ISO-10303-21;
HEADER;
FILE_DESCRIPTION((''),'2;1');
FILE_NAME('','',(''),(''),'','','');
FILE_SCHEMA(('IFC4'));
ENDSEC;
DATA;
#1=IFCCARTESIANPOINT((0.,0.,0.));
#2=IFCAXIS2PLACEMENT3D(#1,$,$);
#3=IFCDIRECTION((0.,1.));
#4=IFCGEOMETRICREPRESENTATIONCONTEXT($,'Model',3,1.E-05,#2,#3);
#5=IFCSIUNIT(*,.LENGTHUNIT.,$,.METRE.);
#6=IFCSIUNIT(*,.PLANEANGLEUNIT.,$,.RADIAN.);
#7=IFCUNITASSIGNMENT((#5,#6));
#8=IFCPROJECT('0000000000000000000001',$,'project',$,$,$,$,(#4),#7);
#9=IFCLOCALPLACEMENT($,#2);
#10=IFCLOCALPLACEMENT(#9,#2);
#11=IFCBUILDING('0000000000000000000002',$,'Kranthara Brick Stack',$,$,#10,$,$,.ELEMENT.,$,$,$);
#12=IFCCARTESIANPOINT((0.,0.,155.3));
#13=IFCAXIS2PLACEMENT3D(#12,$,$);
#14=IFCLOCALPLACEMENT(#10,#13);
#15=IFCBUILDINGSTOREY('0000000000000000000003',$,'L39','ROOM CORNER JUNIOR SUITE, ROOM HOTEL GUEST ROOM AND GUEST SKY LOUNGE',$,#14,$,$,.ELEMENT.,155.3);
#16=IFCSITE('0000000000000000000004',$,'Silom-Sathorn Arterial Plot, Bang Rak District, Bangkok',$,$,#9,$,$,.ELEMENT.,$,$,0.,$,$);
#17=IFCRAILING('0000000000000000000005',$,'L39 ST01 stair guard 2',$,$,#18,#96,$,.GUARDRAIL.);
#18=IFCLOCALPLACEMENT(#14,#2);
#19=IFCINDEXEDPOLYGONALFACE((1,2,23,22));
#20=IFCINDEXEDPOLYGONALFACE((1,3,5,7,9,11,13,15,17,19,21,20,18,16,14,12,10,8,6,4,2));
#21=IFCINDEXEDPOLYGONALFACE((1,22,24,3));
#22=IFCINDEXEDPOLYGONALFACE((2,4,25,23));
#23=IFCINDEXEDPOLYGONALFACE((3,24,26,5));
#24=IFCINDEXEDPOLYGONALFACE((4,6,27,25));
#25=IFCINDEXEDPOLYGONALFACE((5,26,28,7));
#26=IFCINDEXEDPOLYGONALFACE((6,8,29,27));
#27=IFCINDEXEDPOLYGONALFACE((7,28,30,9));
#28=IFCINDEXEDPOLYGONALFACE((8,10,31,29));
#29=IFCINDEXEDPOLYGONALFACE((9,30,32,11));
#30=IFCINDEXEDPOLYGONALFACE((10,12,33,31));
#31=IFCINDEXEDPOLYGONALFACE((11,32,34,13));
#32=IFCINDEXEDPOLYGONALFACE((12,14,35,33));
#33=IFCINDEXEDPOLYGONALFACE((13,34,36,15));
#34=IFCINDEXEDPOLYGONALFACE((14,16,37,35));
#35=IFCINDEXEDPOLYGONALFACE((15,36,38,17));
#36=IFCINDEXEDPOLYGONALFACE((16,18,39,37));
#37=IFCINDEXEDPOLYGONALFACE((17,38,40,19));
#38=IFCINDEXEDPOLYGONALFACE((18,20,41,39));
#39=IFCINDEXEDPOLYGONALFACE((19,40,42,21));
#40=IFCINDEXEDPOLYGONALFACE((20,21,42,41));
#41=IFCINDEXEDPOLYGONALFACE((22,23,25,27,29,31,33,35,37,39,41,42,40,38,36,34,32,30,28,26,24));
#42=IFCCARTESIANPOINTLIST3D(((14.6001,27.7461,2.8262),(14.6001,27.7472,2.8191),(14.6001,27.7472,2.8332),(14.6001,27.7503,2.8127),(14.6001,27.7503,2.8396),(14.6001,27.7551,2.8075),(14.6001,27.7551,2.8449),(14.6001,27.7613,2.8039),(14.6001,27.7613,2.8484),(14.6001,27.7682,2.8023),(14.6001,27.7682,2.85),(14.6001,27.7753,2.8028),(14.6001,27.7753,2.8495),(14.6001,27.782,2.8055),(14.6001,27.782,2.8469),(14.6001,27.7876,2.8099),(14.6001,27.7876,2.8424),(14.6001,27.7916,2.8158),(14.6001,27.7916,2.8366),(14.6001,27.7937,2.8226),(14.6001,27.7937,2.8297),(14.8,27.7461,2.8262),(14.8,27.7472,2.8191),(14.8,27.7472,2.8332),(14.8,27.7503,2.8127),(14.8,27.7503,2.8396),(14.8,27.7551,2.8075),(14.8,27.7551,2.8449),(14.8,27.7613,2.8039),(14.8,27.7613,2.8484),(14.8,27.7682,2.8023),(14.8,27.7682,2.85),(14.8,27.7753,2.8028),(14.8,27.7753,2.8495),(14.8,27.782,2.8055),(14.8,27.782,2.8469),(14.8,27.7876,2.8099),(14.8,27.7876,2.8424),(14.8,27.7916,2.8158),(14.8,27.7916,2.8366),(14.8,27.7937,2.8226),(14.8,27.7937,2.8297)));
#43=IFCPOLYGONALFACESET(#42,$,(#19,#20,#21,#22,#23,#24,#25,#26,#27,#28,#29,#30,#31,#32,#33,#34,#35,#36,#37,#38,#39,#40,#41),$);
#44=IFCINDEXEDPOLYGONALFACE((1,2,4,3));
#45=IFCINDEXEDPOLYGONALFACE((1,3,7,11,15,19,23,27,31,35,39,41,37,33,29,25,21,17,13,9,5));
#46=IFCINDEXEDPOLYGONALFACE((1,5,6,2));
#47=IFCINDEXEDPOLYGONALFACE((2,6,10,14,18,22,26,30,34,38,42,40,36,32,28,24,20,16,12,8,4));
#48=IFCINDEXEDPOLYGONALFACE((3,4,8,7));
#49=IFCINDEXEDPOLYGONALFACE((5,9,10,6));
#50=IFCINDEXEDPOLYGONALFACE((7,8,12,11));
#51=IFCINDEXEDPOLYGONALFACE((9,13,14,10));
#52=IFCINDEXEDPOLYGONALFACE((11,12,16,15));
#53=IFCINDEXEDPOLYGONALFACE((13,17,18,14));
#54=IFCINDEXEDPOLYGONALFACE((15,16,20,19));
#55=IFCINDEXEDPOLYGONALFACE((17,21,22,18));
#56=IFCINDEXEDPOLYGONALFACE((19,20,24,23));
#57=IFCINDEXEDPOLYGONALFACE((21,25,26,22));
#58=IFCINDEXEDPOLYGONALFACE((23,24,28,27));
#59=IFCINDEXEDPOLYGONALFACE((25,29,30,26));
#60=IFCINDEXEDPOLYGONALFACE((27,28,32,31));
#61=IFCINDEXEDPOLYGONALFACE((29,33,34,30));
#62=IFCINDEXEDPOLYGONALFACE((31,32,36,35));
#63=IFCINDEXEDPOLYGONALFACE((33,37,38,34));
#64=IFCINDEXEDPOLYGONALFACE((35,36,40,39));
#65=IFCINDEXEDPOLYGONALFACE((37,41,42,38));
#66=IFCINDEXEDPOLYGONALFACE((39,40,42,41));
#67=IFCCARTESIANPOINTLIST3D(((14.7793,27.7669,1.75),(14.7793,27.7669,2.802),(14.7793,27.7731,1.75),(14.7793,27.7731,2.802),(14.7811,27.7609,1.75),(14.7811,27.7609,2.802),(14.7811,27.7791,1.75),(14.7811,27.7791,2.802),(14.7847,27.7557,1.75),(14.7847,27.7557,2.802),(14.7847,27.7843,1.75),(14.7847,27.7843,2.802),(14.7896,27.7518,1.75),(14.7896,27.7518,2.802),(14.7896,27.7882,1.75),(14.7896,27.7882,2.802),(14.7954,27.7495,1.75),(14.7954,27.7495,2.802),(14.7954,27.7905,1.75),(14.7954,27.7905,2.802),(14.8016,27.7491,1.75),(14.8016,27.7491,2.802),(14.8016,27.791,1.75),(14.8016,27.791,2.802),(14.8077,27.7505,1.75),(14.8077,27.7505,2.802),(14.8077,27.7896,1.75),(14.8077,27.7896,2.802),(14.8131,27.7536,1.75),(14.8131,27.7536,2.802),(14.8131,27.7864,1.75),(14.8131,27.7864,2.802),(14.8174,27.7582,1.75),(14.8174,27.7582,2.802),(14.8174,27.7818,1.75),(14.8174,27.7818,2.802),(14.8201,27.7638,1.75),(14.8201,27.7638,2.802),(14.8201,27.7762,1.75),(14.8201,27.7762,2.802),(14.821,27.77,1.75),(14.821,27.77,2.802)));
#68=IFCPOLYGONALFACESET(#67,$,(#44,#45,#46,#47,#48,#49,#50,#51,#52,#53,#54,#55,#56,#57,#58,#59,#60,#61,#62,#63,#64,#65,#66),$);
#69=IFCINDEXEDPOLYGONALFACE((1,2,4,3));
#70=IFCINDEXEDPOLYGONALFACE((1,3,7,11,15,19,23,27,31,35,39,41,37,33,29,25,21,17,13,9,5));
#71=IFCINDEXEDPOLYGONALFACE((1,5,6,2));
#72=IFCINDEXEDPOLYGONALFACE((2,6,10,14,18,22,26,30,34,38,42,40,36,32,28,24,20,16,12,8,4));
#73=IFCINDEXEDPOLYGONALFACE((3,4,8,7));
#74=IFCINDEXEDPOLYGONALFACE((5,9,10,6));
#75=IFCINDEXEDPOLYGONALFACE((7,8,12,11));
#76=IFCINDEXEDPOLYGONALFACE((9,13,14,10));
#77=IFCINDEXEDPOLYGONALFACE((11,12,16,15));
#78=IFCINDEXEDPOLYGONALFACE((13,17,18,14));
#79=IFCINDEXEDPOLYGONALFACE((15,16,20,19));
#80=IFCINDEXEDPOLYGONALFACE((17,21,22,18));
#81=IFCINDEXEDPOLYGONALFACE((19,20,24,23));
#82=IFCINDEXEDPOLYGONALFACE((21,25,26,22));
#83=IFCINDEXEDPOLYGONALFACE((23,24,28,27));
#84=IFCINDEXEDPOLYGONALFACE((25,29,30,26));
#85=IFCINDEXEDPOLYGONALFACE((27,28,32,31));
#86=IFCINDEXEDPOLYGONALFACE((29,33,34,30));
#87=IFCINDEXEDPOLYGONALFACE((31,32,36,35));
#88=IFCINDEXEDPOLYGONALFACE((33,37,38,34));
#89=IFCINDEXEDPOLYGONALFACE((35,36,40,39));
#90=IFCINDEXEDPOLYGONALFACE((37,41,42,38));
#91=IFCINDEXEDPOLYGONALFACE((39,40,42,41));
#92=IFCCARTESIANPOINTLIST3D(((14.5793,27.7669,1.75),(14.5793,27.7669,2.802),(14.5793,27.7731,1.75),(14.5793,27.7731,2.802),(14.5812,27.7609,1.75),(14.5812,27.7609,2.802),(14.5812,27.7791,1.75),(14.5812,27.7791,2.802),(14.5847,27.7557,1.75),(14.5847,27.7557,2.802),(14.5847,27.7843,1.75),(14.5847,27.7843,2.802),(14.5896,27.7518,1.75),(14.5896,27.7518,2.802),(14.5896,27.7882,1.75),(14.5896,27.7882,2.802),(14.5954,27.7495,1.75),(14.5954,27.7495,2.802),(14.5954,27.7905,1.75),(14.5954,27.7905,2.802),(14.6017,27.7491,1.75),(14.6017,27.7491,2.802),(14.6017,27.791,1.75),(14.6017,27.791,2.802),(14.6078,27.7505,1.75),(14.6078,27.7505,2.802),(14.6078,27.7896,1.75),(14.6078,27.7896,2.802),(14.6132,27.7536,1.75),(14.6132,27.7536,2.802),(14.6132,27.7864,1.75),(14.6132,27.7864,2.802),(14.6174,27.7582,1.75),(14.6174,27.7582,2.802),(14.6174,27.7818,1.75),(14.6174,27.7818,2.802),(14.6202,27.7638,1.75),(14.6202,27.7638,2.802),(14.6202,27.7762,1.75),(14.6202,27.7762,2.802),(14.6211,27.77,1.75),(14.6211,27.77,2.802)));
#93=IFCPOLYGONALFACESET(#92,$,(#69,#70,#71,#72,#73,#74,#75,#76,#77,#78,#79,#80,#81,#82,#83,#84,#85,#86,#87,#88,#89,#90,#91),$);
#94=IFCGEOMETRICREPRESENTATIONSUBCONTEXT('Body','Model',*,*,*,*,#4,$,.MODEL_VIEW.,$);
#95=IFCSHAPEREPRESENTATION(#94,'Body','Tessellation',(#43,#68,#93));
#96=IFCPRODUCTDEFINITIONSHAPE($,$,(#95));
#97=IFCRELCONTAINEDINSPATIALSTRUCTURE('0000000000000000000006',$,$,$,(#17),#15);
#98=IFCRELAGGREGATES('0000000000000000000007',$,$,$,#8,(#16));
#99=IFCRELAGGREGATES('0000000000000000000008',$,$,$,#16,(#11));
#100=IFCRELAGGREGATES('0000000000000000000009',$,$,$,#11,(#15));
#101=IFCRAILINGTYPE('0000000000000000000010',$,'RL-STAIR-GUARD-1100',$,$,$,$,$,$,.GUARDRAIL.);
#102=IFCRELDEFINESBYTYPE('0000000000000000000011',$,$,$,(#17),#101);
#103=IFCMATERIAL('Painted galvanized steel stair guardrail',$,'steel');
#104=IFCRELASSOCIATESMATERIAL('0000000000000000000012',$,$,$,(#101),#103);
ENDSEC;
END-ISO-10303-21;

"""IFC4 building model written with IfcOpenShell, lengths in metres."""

from ifc_helpers import new_model, si_unit, direction, frame, origin, origin_2d, place, context, subcontext, project, spatial, circle, extrude, material, type_object, element, save


model = new_model("IFC4")

# Units and contexts
model_context = context("Model", 3, precision=1e-05, world=origin(), true_north=direction((0.0, 1.0)))
body_context = subcontext(model_context, "Body", "Model", "MODEL_VIEW")
ifc_project = project(units=[si_unit("LENGTHUNIT", "METRE"), si_unit("PLANEANGLEUNIT", "RADIAN")], contexts=[model_context])

# Site, building, storey
site_placement = place(None, origin())
site = spatial("IfcSite", under=ifc_project, at=site_placement, Name="Silom-Sathorn Arterial Plot, Bang Rak District, Bangkok", CompositionType="ELEMENT", RefElevation=0.0)
building_placement = place(site_placement, origin())
building = spatial("IfcBuilding", under=site, at=building_placement, Name="Kranthara Brick Stack", CompositionType="ELEMENT")
storey_placement = place(building_placement, frame((0.0, 0.0, 155.3)))
storey = spatial("IfcBuildingStorey", under=building, at=storey_placement, Name="L39", Description="ROOM CORNER JUNIOR SUITE, ROOM HOTEL GUEST ROOM AND GUEST SKY LOUNGE", CompositionType="ELEMENT", Elevation=155.3)

# Railing
ifc_material_1 = material(Name="Painted galvanized steel stair guardrail", Category="steel")
railing_type_1 = type_object("IfcRailingType", Name="RL-STAIR-GUARD-1100", PredefinedType="GUARDRAIL", material=ifc_material_1)
railing_1_placement = place(storey_placement, frame((14.8, 27.77, 1.75)))
element("IfcRailing", 1, at=railing_1_placement, inside=storey, type_object=railing_type_1, Name="L39 ST01 stair guard 2", PredefinedType="GUARDRAIL", context=body_context, shape_type="SweptSolid", body=[
    extrude(circle(Radius=0.0239, at=origin_2d()), frame((0.0, 0.0, 1.0762), z_axis=(-1.0, 0.0, 0.0), x_axis=(0.0, -1.0, 0.0)), (0.0, 0.0, 1.0), 0.2),
    extrude(circle(Radius=0.021, at=origin_2d()), origin(), (0.0, 0.0, 1.0), 1.052),
    extrude(circle(Radius=0.021, at=origin_2d()), frame((-0.2, 0.0, 0.0)), (0.0, 0.0, 1.0), 1.052),
])

save(model, "model.ifc")
